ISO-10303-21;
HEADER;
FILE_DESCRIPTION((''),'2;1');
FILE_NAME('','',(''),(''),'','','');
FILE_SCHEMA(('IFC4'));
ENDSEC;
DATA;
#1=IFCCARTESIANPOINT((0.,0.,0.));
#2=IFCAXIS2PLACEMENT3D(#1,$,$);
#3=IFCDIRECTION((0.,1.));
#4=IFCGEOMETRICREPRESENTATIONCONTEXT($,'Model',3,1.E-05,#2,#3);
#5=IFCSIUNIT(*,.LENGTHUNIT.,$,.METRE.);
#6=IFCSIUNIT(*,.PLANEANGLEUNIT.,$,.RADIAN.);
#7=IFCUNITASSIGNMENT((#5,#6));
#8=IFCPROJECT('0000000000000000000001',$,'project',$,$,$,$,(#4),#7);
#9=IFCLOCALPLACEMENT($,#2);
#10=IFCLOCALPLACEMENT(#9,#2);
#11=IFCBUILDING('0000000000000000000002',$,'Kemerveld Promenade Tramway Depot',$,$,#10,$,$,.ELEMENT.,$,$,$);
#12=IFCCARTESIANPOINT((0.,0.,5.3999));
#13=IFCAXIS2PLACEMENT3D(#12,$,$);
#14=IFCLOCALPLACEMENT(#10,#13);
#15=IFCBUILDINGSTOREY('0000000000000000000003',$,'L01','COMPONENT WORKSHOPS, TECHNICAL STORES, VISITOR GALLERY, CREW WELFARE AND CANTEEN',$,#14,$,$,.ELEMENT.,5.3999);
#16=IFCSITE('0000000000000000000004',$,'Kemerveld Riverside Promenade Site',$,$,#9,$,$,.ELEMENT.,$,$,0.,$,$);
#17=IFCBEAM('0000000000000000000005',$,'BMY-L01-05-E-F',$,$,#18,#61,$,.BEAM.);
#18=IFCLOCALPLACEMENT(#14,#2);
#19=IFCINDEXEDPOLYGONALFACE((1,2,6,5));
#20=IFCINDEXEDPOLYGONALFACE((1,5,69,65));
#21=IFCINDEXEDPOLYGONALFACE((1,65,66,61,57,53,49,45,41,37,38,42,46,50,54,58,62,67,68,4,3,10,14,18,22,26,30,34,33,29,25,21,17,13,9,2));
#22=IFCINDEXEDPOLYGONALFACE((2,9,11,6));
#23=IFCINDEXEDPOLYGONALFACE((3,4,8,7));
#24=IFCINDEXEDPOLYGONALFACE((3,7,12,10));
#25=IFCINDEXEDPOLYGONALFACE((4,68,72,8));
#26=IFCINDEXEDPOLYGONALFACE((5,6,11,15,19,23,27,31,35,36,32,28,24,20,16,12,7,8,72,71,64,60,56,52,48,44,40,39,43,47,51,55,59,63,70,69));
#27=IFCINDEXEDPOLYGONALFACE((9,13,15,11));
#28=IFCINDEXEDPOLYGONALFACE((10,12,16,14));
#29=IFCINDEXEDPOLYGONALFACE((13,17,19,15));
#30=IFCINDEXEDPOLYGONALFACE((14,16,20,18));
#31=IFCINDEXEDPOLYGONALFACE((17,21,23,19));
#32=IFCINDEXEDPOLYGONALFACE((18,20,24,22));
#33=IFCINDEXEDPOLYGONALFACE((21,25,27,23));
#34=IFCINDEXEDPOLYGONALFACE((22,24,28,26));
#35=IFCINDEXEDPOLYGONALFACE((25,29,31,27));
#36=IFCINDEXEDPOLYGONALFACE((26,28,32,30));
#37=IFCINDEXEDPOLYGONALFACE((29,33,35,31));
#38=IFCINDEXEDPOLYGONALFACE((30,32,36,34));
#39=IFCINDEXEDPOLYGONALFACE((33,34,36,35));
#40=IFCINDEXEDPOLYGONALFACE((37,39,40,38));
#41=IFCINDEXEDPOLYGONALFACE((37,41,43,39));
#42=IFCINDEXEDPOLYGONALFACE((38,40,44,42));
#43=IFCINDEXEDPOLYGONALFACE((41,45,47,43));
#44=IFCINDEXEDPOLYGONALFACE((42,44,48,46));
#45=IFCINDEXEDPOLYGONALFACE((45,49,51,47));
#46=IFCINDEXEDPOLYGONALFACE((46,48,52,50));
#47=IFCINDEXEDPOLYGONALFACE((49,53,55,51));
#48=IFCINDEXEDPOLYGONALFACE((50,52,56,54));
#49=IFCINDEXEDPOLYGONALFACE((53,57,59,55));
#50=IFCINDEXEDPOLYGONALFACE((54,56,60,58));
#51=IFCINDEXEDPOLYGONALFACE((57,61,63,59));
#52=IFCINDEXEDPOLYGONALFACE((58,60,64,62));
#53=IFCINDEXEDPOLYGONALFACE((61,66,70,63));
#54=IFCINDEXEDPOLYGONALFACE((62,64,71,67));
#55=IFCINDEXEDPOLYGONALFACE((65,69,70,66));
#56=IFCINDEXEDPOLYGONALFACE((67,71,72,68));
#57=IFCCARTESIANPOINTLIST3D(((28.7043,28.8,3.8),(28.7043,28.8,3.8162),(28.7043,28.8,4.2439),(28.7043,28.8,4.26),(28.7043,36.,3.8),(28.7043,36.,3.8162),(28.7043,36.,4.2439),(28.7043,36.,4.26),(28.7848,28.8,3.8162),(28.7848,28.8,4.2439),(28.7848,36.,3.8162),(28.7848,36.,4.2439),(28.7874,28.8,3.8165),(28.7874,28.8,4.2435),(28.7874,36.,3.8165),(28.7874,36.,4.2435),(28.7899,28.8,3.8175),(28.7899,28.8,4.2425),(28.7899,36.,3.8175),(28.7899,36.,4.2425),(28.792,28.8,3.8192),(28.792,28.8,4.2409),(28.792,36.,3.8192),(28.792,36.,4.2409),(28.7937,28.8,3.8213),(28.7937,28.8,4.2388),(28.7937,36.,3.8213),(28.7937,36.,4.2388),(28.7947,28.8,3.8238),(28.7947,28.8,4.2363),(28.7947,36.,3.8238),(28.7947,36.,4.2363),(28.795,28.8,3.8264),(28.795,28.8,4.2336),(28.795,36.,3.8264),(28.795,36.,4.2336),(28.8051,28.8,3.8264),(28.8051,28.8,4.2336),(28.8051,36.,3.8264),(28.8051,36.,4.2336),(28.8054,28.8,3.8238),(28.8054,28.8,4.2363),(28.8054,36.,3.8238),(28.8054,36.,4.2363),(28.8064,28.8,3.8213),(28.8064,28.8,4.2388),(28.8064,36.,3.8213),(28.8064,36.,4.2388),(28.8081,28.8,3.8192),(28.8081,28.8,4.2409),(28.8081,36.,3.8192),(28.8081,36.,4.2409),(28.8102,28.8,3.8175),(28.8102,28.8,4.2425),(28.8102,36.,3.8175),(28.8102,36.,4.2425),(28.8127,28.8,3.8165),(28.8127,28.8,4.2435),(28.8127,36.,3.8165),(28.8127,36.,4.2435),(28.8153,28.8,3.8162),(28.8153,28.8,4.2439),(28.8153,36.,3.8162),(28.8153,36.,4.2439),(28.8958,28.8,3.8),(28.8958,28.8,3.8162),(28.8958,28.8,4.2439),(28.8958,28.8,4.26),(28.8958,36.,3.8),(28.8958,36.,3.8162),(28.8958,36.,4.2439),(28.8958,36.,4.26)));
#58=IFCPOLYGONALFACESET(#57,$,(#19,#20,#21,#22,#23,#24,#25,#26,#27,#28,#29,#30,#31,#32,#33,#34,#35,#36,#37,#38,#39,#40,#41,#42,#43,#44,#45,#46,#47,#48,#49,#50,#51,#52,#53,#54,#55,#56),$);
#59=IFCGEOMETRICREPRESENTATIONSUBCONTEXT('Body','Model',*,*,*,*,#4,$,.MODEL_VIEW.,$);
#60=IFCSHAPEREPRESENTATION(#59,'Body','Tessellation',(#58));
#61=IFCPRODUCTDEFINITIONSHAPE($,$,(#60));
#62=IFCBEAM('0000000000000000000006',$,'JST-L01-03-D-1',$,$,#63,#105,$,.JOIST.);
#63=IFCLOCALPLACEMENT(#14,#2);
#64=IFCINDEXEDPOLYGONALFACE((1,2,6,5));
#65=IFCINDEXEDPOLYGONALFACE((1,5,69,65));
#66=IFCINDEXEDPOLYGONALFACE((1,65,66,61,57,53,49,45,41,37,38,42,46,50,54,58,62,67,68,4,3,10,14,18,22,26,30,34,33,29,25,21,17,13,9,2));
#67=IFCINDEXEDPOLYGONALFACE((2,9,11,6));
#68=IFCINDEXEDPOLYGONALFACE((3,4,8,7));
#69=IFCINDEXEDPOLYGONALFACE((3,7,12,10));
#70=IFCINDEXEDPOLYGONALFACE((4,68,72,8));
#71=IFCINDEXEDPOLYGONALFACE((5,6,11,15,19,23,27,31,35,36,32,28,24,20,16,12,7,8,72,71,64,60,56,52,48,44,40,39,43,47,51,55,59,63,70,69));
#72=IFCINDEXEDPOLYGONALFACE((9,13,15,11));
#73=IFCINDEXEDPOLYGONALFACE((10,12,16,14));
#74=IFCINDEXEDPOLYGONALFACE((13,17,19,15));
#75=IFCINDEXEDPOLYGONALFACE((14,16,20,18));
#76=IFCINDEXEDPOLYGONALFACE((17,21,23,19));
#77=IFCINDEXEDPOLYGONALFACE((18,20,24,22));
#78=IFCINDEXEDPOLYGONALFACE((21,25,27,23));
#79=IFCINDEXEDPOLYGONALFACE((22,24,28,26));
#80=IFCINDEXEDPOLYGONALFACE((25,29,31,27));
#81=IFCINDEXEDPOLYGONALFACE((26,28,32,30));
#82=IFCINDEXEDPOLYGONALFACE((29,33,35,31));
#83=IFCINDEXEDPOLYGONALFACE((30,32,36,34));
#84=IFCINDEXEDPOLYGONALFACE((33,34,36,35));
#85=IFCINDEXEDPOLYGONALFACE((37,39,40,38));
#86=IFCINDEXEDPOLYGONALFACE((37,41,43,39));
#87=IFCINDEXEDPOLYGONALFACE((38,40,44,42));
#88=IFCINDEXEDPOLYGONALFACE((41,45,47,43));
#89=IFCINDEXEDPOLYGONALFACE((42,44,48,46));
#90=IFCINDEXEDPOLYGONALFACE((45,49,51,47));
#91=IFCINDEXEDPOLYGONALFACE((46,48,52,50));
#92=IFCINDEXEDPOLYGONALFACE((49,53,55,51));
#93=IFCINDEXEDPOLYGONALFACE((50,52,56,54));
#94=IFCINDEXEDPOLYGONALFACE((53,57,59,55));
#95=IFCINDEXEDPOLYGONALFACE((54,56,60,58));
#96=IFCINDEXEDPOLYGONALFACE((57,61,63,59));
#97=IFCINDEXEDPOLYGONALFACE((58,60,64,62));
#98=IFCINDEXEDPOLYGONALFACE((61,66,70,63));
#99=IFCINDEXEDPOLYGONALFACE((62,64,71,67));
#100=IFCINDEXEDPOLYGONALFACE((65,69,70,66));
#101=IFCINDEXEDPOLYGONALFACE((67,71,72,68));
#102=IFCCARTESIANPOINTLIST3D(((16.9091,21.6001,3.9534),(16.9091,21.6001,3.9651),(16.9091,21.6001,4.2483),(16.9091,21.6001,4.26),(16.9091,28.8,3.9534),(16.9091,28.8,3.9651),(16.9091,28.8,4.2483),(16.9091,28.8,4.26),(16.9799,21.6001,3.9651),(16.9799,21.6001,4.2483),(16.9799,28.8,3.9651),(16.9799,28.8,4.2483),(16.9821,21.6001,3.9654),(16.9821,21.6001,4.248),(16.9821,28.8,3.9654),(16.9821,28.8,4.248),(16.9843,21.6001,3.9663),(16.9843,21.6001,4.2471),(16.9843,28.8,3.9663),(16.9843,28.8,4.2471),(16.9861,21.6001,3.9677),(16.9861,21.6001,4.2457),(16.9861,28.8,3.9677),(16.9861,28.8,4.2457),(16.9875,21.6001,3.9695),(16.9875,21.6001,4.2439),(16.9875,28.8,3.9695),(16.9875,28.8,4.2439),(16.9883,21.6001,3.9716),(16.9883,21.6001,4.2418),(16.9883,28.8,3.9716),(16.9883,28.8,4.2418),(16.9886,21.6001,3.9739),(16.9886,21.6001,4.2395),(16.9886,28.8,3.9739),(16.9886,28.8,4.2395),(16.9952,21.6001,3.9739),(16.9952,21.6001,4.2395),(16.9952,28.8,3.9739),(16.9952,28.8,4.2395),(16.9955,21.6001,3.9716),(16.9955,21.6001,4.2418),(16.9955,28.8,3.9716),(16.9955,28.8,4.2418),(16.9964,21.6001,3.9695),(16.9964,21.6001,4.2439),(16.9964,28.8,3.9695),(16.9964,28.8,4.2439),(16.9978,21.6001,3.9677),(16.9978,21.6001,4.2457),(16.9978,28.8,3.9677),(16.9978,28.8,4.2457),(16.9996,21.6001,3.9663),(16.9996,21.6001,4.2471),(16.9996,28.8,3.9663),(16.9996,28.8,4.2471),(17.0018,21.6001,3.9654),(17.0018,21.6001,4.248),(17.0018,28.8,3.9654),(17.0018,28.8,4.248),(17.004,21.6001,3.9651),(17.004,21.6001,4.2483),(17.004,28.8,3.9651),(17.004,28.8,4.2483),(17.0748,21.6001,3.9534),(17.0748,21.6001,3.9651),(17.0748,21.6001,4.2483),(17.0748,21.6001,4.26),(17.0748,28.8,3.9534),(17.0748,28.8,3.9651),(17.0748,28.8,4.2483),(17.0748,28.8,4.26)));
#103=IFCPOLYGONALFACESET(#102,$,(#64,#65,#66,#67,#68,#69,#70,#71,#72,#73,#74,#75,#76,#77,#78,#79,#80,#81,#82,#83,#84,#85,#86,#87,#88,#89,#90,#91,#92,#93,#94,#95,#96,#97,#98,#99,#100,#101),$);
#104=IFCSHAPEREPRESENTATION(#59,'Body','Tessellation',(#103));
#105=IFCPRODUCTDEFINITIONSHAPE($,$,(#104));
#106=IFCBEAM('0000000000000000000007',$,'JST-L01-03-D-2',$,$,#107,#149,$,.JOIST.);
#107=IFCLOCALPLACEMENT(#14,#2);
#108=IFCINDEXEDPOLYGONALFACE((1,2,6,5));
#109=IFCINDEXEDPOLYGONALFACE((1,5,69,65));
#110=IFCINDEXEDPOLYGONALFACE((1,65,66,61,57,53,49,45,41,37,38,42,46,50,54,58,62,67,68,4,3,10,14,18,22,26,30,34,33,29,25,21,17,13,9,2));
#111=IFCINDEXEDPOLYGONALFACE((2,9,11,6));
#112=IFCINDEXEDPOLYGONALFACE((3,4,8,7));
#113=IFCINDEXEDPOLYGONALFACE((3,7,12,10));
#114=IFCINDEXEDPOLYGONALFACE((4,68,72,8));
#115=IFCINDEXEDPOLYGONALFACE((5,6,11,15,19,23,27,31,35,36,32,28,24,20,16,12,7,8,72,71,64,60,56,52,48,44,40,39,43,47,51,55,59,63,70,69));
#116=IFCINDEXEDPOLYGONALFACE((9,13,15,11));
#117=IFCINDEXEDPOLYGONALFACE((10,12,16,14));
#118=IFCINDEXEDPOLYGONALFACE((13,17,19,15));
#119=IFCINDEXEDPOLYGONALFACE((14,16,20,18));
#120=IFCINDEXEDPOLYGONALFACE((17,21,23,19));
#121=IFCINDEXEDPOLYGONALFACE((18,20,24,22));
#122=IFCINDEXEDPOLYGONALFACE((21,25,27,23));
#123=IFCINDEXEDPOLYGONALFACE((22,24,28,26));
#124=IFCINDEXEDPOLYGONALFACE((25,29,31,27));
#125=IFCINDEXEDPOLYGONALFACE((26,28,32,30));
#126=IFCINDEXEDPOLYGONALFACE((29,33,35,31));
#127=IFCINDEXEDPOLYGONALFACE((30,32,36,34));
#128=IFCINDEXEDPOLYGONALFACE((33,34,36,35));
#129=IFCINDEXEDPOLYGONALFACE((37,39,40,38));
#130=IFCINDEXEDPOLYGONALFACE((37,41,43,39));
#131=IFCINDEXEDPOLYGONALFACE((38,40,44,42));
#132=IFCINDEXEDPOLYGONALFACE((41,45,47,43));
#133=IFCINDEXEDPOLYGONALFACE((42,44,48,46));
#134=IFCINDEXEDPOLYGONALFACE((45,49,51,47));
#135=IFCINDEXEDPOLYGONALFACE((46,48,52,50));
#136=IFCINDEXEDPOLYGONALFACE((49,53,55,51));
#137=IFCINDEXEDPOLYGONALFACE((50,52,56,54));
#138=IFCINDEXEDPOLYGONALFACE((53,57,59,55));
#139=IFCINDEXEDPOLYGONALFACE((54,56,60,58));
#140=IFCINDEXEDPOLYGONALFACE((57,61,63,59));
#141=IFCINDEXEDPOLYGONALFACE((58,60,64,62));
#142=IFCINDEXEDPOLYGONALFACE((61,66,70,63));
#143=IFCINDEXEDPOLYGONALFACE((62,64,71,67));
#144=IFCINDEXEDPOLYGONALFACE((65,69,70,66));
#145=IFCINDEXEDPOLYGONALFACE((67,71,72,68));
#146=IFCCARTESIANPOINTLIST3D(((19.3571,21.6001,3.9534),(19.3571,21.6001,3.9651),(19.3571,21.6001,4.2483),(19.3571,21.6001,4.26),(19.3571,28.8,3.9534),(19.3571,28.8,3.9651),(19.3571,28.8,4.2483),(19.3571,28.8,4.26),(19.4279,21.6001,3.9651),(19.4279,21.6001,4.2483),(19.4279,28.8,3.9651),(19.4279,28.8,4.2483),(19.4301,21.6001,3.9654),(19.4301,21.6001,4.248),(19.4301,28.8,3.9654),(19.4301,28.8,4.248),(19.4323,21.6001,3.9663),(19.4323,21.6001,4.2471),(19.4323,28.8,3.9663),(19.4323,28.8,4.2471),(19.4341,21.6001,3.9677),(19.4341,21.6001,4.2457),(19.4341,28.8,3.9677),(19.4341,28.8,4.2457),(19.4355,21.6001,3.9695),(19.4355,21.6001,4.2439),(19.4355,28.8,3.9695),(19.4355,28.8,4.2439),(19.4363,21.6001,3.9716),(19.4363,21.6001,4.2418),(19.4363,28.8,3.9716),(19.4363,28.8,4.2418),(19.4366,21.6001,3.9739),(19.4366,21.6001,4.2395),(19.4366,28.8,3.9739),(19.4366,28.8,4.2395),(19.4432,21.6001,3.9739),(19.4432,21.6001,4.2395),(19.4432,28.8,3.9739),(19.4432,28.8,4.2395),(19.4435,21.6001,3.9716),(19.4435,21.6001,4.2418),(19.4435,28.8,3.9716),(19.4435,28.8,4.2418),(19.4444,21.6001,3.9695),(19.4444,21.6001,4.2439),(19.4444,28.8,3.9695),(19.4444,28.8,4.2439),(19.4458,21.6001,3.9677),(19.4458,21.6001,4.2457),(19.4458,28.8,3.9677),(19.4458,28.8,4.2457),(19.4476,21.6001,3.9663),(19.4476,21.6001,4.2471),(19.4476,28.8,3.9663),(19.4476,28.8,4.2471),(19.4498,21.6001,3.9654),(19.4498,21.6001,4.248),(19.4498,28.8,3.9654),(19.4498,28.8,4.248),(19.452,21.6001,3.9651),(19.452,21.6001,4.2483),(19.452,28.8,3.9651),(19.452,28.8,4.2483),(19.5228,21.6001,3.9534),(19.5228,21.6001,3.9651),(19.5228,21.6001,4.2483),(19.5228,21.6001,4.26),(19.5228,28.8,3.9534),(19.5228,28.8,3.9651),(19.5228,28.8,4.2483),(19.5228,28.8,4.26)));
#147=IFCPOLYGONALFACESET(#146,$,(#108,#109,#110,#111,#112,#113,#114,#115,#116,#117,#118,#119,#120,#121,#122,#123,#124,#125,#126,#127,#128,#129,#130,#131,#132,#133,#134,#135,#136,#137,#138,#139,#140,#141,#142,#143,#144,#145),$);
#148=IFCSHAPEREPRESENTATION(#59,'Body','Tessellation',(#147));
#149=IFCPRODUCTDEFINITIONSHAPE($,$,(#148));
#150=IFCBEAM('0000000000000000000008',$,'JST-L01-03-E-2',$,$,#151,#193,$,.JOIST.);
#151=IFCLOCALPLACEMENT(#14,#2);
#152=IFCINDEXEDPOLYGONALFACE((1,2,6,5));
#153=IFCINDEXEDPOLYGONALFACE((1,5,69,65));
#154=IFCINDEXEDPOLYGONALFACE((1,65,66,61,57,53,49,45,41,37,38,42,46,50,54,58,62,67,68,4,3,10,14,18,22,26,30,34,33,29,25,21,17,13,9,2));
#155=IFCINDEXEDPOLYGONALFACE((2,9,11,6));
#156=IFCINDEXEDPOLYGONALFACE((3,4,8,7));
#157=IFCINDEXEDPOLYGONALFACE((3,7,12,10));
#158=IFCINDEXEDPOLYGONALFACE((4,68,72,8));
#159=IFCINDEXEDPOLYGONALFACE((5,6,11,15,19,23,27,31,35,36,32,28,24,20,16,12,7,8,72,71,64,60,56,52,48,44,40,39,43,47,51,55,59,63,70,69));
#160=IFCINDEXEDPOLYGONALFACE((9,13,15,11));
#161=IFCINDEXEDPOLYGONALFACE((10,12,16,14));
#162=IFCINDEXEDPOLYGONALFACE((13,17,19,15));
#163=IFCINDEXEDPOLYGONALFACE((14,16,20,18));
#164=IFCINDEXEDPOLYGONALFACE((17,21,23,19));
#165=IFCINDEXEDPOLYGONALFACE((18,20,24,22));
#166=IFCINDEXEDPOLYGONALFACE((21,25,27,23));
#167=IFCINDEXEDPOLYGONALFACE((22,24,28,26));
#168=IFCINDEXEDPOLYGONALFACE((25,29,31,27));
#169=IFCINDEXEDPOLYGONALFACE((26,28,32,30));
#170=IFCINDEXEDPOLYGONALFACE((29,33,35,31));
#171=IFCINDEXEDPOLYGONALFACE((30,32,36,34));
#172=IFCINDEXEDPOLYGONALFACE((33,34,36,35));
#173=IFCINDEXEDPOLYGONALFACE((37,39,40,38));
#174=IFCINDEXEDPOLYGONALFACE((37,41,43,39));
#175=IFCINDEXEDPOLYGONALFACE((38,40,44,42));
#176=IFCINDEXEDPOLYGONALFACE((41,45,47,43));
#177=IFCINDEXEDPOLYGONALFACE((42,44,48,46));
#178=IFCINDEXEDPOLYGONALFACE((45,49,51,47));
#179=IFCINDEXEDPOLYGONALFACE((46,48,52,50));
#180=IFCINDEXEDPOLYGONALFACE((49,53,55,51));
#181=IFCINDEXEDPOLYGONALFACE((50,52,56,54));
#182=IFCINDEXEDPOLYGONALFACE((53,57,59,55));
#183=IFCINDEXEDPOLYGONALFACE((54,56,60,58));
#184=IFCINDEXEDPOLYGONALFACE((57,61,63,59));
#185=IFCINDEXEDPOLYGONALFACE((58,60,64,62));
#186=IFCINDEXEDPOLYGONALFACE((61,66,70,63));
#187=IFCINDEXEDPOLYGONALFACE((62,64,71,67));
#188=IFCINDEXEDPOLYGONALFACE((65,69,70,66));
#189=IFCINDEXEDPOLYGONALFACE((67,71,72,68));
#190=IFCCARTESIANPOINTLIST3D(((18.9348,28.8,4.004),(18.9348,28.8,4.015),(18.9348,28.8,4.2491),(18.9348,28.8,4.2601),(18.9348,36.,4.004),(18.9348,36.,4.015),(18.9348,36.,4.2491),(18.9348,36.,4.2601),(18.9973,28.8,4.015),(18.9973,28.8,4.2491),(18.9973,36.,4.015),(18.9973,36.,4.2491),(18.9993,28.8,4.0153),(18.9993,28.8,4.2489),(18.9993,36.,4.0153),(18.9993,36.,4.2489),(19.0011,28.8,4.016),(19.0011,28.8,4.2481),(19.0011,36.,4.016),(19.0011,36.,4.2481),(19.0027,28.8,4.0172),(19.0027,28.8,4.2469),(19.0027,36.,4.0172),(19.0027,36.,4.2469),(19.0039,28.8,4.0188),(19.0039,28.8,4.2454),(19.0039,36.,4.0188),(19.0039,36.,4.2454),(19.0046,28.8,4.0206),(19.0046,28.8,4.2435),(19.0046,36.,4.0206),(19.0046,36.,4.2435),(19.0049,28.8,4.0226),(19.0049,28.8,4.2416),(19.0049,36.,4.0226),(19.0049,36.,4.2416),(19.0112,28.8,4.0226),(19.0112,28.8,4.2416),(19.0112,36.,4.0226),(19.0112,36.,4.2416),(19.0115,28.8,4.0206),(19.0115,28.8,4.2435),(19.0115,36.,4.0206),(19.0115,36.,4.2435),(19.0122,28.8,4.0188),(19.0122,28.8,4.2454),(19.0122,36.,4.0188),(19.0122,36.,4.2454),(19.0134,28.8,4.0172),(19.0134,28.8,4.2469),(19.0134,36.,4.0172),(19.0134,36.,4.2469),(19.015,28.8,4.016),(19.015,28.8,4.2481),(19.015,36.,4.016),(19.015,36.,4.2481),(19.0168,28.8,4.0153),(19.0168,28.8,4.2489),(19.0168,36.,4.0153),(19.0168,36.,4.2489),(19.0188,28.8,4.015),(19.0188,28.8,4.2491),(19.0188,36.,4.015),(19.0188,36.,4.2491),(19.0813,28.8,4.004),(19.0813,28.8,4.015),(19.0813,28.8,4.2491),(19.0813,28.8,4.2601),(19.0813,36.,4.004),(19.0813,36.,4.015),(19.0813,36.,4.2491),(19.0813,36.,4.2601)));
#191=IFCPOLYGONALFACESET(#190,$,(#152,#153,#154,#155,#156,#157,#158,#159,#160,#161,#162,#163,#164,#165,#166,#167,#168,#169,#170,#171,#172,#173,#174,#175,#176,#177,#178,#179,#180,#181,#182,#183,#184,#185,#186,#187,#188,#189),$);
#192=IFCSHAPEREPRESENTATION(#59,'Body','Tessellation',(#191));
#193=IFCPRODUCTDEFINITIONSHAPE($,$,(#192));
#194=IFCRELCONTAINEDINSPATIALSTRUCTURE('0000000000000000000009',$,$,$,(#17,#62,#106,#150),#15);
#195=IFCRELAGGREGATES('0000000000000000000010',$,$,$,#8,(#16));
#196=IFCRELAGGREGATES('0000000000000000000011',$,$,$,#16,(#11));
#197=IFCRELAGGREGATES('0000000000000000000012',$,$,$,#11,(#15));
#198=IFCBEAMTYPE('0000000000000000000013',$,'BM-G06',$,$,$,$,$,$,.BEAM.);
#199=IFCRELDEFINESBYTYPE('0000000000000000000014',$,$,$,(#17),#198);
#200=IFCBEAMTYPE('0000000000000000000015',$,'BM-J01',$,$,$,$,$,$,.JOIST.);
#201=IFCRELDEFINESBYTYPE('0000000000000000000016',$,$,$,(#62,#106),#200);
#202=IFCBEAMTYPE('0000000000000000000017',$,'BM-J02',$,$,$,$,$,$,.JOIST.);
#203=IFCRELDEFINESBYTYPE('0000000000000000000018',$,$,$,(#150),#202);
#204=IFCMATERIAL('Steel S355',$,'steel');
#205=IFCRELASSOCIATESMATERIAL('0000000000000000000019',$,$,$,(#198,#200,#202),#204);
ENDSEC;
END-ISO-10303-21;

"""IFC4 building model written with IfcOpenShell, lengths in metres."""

from ifc_helpers import new_model, si_unit, direction, frame, origin, origin_2d, place, context, subcontext, project, spatial, i_section, extrude, material, material_profile, profile_set, type_object, element, save


model = new_model("IFC4")

# Units and contexts
model_context = context("Model", 3, precision=1e-05, world=origin(), true_north=direction((0.0, 1.0)))
body_context = subcontext(model_context, "Body", "Model", "MODEL_VIEW")
ifc_project = project(units=[si_unit("LENGTHUNIT", "METRE"), si_unit("PLANEANGLEUNIT", "RADIAN")], contexts=[model_context])

# Site, building, storey
site_placement = place(None, origin())
site = spatial("IfcSite", under=ifc_project, at=site_placement, Name="Kemerveld Riverside Promenade Site", CompositionType="ELEMENT", RefElevation=0.0)
building_placement = place(site_placement, origin())
building = spatial("IfcBuilding", under=site, at=building_placement, Name="Kemerveld Promenade Tramway Depot", CompositionType="ELEMENT")
storey_placement = place(building_placement, frame((0.0, 0.0, 5.3999)))
storey = spatial("IfcBuildingStorey", under=building, at=storey_placement, Name="L01", Description="COMPONENT WORKSHOPS, TECHNICAL STORES, VISITOR GALLERY, CREW WELFARE AND CANTEEN", CompositionType="ELEMENT", Elevation=5.3999)

# Shared definitions
ifc_material_1 = material(Name="Steel S355", Category="steel")

# Beams
ifc_material_profile_1 = material_profile(ifc_material_1, i_section(OverallWidth=0.1914, OverallDepth=0.46, WebThickness=0.01, FlangeThickness=0.0161, FilletRadius=0.0103, at=origin_2d()), Name="457x191x82 UB")
ifc_profile_set_1 = profile_set([ifc_material_profile_1], Name="Steel S355")
beam_type_1 = type_object("IfcBeamType", Name="BM-G06", PredefinedType="BEAM", material=ifc_profile_set_1)
for number, where, z_axis, x_axis, name in (
    (1, (28.8, 28.8, 4.03), (0.0, 1.0, 0.0), (-1.0, 0.0, 0.0), "BMY-L01-05-E-F"),
):
    element("IfcBeam", number, at=place(storey_placement, frame(where, z_axis=z_axis, x_axis=x_axis)), inside=storey, type_object=beam_type_1, Name=name, PredefinedType="BEAM", context=body_context, shape_type="SweptSolid", body=[
        extrude(i_section(OverallWidth=0.1914, OverallDepth=0.46, WebThickness=0.01, FlangeThickness=0.0161, FilletRadius=0.0103, at=origin_2d()), origin(), (0.0, 0.0, 1.0), 7.2),
    ])
ifc_material_profile_2 = material_profile(ifc_material_1, i_section(OverallWidth=0.1658, OverallDepth=0.3066, WebThickness=0.0066, FlangeThickness=0.0117, FilletRadius=0.0088, at=origin_2d()), Name="305x165x46 UB")
ifc_profile_set_2 = profile_set([ifc_material_profile_2], Name="Steel S355")
beam_type_2 = type_object("IfcBeamType", Name="BM-J01", PredefinedType="JOIST", material=ifc_profile_set_2)
for number, where, z_axis, x_axis, name in (
    (2, (16.9919, 21.6001, 4.1067), (0.0, 1.0, 0.0), (-1.0, 0.0, 0.0), "JST-L01-03-D-1"),
    (3, (19.4399, 21.6001, 4.1067), (0.0, 1.0, 0.0), (-1.0, 0.0, 0.0), "JST-L01-03-D-2"),
):
    element("IfcBeam", number, at=place(storey_placement, frame(where, z_axis=z_axis, x_axis=x_axis)), inside=storey, type_object=beam_type_2, Name=name, PredefinedType="JOIST", context=body_context, shape_type="SweptSolid", body=[
        extrude(i_section(OverallWidth=0.1658, OverallDepth=0.3066, WebThickness=0.0066, FlangeThickness=0.0117, FilletRadius=0.0088, at=origin_2d()), origin(), (0.0, 0.0, 1.0), 7.2),
    ])
ifc_material_profile_3 = material_profile(ifc_material_1, i_section(OverallWidth=0.1465, OverallDepth=0.2561, WebThickness=0.0063, FlangeThickness=0.011, FilletRadius=0.0076, at=origin_2d()), Name="254x146x37 UB")
ifc_profile_set_3 = profile_set([ifc_material_profile_3], Name="Steel S355")
beam_type_3 = type_object("IfcBeamType", Name="BM-J02", PredefinedType="JOIST", material=ifc_profile_set_3)
for number, where, z_axis, x_axis, name in (
    (4, (19.0081, 28.8, 4.1321), (0.0, 1.0, 0.0), (-1.0, 0.0, 0.0), "JST-L01-03-E-2"),
):
    element("IfcBeam", number, at=place(storey_placement, frame(where, z_axis=z_axis, x_axis=x_axis)), inside=storey, type_object=beam_type_3, Name=name, PredefinedType="JOIST", context=body_context, shape_type="SweptSolid", body=[
        extrude(i_section(OverallWidth=0.1465, OverallDepth=0.2561, WebThickness=0.0063, FlangeThickness=0.011, FilletRadius=0.0076, at=origin_2d()), origin(), (0.0, 0.0, 1.0), 7.2),
    ])

save(model, "model.ifc")
